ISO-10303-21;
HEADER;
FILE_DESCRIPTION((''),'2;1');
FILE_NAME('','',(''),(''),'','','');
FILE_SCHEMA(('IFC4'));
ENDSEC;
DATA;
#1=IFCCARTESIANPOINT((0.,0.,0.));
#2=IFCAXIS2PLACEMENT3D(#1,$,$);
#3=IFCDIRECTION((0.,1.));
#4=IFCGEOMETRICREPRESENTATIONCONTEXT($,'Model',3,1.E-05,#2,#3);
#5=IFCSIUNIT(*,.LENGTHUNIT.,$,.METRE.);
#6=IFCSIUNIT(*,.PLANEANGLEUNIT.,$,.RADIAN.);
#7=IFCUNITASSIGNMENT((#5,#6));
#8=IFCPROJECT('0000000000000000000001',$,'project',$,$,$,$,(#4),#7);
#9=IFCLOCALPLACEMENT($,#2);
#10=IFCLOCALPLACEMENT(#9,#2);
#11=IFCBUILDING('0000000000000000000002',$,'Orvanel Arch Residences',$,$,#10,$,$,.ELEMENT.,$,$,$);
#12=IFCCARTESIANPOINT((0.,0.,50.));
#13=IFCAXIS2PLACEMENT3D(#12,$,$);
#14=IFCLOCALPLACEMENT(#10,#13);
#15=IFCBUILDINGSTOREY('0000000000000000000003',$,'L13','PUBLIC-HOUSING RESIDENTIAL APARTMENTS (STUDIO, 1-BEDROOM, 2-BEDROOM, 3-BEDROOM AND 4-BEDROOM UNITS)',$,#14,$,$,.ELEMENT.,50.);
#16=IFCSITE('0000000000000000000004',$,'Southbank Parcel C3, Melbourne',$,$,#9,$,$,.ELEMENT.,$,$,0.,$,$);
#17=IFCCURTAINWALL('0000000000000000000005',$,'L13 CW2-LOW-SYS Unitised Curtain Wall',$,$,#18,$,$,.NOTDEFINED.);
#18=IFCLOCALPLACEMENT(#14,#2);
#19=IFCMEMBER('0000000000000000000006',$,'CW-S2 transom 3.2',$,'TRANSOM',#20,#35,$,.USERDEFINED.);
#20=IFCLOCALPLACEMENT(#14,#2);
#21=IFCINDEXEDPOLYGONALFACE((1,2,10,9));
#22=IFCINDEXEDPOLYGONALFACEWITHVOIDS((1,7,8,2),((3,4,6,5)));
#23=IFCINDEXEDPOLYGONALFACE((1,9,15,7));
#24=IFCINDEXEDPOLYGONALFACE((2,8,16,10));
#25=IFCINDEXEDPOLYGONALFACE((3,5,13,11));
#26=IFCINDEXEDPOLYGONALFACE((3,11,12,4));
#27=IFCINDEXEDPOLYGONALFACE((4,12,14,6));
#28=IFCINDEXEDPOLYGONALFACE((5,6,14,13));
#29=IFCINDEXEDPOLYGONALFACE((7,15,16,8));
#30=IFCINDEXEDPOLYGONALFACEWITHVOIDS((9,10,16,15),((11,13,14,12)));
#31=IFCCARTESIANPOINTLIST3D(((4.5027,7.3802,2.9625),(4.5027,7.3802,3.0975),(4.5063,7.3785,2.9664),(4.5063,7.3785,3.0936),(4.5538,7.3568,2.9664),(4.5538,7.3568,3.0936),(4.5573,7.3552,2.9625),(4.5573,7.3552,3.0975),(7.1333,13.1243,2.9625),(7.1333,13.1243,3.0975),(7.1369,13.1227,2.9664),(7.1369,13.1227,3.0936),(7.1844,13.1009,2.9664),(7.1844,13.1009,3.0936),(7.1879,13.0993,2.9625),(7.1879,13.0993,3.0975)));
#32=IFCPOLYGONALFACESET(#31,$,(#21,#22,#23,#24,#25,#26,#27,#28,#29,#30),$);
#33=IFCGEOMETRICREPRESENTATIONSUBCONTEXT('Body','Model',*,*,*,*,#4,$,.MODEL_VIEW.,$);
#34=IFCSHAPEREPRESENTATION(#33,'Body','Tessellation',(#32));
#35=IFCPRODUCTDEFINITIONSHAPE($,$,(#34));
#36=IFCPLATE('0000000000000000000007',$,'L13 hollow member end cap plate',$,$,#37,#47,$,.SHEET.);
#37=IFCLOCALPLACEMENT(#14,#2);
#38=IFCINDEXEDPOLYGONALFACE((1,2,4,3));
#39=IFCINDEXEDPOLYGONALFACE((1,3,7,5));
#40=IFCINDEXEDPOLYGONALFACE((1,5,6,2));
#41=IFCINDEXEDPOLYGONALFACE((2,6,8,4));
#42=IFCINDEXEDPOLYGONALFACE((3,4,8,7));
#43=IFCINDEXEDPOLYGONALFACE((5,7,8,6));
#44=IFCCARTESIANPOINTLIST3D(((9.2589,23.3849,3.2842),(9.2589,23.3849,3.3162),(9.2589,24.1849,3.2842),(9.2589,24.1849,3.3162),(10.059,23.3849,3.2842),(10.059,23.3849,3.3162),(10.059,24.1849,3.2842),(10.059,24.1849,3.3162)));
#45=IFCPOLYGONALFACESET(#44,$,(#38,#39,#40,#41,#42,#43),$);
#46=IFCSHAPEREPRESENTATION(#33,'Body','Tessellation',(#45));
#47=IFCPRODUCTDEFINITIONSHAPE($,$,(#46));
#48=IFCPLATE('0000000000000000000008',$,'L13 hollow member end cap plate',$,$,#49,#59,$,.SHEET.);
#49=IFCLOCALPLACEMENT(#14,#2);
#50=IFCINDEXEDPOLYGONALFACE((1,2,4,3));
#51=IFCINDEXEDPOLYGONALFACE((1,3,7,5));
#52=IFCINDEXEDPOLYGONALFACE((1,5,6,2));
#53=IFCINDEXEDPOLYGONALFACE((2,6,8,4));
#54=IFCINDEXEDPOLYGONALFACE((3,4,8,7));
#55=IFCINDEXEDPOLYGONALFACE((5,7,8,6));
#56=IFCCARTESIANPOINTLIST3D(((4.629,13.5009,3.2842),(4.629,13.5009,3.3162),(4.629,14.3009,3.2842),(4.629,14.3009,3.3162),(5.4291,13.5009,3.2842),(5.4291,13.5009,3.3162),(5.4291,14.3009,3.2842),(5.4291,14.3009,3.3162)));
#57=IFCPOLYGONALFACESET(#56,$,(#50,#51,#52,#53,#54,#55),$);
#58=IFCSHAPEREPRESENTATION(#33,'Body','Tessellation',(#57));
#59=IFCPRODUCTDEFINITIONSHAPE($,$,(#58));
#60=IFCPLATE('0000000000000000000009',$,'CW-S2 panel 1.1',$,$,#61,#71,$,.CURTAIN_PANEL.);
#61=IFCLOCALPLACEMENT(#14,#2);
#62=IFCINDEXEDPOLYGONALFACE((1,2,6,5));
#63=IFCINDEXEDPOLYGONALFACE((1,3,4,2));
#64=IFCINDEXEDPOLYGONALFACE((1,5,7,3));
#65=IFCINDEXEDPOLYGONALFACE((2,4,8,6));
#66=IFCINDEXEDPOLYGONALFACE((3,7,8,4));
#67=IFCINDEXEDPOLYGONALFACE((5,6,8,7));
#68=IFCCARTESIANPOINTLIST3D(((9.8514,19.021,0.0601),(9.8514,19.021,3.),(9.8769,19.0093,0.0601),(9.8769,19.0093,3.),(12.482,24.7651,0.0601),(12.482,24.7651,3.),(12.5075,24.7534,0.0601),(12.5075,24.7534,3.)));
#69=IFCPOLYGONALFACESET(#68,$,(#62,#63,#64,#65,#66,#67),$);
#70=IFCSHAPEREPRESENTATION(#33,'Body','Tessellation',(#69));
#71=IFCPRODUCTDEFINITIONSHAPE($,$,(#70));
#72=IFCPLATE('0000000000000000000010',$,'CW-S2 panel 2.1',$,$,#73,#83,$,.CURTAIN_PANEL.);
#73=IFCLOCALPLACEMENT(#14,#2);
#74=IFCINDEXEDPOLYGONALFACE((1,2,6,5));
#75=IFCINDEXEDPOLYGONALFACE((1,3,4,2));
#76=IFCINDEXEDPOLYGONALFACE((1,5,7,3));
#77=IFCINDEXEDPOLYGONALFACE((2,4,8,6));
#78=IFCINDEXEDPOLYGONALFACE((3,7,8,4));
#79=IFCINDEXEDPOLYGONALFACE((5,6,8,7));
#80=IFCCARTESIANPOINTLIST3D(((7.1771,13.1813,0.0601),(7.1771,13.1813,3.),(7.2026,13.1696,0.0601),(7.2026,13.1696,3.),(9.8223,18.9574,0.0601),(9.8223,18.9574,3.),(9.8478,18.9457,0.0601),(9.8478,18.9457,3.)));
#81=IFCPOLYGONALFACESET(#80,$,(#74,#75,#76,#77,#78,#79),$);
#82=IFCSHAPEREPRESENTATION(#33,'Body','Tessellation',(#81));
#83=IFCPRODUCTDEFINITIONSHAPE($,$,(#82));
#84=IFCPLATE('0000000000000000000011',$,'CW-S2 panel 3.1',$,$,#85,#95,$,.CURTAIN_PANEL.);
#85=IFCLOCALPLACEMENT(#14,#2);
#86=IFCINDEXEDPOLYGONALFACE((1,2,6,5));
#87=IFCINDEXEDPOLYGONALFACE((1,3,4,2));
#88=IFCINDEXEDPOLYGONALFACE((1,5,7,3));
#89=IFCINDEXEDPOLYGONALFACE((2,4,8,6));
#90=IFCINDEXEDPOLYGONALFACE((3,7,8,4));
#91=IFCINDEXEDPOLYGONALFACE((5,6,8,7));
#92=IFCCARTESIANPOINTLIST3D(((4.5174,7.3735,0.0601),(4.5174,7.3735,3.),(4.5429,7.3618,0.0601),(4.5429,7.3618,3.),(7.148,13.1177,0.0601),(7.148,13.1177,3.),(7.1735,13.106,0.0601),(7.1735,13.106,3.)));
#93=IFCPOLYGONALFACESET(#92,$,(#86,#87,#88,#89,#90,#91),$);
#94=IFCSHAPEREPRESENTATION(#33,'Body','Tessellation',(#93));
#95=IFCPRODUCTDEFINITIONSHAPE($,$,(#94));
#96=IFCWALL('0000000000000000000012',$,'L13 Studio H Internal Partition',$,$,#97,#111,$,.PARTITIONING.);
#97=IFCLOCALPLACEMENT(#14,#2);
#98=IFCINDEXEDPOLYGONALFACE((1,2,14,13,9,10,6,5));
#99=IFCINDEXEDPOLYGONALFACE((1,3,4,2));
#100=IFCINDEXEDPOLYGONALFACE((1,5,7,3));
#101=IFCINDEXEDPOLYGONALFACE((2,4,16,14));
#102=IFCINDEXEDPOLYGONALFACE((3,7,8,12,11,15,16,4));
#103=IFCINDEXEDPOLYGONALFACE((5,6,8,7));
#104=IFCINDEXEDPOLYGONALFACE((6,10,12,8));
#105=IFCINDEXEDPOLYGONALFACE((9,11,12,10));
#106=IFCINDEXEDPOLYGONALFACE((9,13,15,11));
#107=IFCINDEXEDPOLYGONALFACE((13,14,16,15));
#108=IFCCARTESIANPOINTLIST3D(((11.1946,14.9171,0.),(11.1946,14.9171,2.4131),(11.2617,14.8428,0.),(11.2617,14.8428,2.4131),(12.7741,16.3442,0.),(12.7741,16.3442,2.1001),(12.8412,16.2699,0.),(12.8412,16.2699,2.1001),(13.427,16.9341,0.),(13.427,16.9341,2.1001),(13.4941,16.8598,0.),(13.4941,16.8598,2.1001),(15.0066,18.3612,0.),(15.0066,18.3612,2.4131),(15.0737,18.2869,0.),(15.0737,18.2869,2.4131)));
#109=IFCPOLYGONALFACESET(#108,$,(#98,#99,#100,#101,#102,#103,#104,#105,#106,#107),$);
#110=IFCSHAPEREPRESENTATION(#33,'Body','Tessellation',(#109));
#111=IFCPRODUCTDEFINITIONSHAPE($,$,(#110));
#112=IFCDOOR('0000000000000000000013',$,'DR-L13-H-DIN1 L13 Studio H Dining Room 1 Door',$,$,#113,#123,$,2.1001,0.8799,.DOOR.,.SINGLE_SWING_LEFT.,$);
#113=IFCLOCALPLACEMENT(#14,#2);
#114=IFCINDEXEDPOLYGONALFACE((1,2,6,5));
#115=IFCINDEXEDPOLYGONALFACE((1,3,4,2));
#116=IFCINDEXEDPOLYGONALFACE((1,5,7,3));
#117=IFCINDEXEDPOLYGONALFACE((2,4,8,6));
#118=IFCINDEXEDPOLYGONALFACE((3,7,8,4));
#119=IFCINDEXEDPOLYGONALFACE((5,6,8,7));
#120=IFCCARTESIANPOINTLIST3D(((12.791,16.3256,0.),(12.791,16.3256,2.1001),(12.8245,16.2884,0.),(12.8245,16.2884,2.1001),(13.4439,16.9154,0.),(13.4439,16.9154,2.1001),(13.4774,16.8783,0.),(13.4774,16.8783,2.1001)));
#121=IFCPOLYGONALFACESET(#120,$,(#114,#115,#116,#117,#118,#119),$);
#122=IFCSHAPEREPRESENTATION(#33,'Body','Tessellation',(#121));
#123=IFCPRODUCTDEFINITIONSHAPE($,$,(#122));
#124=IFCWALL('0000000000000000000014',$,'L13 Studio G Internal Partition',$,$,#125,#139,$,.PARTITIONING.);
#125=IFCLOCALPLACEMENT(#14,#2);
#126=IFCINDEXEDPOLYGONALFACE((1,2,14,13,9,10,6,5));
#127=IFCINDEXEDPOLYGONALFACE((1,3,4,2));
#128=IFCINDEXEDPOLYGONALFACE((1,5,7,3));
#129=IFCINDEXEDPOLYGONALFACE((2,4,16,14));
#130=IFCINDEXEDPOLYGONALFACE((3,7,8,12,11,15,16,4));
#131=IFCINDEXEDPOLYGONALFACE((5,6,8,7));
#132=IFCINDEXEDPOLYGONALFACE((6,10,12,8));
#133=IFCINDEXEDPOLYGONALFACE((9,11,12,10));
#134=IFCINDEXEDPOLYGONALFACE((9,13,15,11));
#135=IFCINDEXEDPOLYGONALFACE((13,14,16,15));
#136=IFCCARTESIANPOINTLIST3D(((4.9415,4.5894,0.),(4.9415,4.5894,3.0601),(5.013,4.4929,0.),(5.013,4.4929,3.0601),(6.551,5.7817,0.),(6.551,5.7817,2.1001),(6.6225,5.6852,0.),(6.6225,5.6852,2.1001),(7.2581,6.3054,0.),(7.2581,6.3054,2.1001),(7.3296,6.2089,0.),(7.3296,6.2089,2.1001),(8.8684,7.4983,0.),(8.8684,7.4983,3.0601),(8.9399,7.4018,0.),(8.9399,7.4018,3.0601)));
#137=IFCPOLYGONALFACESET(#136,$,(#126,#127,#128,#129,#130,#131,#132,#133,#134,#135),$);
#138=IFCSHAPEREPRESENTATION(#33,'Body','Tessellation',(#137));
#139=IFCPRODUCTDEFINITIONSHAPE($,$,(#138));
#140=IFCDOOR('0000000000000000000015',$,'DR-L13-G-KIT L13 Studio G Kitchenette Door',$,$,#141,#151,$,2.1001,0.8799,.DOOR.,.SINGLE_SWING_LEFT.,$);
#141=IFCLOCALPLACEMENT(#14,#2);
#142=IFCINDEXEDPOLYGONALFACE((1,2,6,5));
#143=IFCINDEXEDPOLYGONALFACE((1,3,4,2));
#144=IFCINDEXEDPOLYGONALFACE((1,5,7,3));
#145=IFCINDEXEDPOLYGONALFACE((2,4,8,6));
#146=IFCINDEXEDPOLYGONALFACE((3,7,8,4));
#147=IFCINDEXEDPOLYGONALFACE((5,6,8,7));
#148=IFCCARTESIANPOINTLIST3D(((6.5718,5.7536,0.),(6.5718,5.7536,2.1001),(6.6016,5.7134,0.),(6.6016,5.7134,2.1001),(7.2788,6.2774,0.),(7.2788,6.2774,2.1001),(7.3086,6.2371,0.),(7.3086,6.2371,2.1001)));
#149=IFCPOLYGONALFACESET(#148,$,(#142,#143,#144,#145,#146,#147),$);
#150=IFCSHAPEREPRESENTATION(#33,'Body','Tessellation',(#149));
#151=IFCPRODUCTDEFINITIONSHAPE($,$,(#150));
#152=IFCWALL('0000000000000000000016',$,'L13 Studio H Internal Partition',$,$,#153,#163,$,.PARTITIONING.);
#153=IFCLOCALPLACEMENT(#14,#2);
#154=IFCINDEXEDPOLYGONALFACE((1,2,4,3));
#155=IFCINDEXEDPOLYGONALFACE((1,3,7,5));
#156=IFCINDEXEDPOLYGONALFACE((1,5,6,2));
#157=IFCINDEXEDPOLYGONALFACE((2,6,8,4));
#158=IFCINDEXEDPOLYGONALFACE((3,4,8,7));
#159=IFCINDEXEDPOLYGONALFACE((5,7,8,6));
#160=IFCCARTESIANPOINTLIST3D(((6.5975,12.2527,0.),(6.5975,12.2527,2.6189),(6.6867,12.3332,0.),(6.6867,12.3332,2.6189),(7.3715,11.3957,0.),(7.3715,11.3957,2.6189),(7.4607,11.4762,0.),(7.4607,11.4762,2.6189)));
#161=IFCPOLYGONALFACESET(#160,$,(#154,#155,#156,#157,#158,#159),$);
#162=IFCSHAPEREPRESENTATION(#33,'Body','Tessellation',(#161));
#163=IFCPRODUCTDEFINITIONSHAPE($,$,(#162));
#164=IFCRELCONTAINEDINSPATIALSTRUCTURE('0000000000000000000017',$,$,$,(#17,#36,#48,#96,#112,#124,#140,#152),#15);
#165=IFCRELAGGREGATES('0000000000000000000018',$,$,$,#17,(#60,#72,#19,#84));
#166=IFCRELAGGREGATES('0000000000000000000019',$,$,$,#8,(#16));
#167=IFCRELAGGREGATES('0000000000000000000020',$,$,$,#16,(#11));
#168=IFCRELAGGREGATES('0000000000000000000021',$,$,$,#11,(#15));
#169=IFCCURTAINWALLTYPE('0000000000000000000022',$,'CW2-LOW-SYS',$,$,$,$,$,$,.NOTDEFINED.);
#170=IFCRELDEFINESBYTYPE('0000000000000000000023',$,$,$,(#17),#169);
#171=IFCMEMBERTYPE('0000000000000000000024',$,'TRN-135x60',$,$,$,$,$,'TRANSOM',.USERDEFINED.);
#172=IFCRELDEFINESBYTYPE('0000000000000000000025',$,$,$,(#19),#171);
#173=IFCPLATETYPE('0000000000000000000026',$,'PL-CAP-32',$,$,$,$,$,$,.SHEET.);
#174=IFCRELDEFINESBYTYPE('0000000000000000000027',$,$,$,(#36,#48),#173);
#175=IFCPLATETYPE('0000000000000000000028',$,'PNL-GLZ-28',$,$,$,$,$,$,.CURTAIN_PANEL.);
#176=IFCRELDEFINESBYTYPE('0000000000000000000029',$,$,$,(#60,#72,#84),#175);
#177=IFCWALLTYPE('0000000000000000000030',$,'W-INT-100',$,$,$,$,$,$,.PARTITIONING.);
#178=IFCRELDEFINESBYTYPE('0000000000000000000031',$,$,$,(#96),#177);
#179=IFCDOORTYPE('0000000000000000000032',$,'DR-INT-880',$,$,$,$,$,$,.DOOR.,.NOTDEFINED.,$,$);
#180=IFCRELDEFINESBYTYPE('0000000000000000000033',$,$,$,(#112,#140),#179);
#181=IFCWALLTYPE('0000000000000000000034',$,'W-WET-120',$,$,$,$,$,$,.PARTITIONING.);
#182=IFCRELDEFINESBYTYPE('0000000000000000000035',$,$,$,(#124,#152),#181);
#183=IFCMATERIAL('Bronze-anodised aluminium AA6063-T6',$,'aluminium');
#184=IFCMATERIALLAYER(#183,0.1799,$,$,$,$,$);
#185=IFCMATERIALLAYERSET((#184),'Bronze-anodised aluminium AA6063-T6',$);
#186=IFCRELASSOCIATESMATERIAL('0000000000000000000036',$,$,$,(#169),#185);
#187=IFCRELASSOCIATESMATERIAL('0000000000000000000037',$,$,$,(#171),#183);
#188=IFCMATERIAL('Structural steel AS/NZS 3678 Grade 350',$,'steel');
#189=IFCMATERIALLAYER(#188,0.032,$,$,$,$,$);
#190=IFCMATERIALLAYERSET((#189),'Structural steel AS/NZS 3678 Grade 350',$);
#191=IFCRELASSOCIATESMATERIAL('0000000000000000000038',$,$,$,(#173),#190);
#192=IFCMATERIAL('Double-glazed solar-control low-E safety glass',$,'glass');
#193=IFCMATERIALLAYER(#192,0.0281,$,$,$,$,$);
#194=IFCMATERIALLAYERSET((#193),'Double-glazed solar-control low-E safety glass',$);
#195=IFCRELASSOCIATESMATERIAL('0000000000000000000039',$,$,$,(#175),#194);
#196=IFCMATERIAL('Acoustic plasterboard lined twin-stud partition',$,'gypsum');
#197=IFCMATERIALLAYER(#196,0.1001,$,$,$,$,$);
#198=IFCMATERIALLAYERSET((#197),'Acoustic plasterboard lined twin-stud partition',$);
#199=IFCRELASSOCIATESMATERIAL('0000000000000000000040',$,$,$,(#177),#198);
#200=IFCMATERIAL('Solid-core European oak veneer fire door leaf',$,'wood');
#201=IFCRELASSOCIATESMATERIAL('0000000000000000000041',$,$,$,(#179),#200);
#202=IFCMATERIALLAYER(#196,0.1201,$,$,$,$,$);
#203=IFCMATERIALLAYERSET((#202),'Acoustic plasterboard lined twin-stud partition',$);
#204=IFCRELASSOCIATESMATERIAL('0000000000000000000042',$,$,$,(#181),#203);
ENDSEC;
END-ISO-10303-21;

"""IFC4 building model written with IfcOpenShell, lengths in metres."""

from ifc_helpers import new_model, si_unit, direction, frame, frame_2d, origin, origin_2d, place, context, subcontext, project, spatial, rectangle, hollow_rectangle, extrude, material, layer, layer_set, material_profile, profile_set, type_object, element, fill, aggregate, save


model = new_model("IFC4")

# Units and contexts
model_context = context("Model", 3, precision=1e-05, world=origin(), true_north=direction((0.0, 1.0)))
body_context = subcontext(model_context, "Body", "Model", "MODEL_VIEW")
ifc_project = project(units=[si_unit("LENGTHUNIT", "METRE"), si_unit("PLANEANGLEUNIT", "RADIAN")], contexts=[model_context])

# Site, building, storey
site_placement = place(None, origin())
site = spatial("IfcSite", under=ifc_project, at=site_placement, Name="Southbank Parcel C3, Melbourne", CompositionType="ELEMENT", RefElevation=0.0)
building_placement = place(site_placement, origin())
building = spatial("IfcBuilding", under=site, at=building_placement, Name="Orvanel Arch Residences", CompositionType="ELEMENT")
storey_placement = place(building_placement, frame((0.0, 0.0, 50.0)))
storey = spatial("IfcBuildingStorey", under=building, at=storey_placement, Name="L13", Description="PUBLIC-HOUSING RESIDENTIAL APARTMENTS (STUDIO, 1-BEDROOM, 2-BEDROOM, 3-BEDROOM AND 4-BEDROOM UNITS)", CompositionType="ELEMENT", Elevation=50.0)

# Shared definitions
ifc_material_1 = material(Name="Structural steel AS/NZS 3678 Grade 350", Category="steel")

# Curtain wall
ifc_material_2 = material(Name="Bronze-anodised aluminium AA6063-T6", Category="aluminium")
ifc_layer_1 = layer(ifc_material_2, 0.1799)
ifc_layer_set_1 = layer_set([ifc_layer_1], Name="Bronze-anodised aluminium AA6063-T6")
curtain_wall_type = type_object("IfcCurtainWallType", Name="CW2-LOW-SYS", PredefinedType="NOTDEFINED", material=ifc_layer_set_1)
curtain_wall_placement = place(storey_placement, origin())
curtain_wall = element("IfcCurtainWall", 1, at=curtain_wall_placement, inside=storey, type_object=curtain_wall_type, Name="L13 CW2-LOW-SYS Unitised Curtain Wall", PredefinedType="NOTDEFINED")

# Member
ifc_material_profile_1 = material_profile(ifc_material_2, hollow_rectangle(XDim=0.0601, YDim=0.135, WallThickness=0.0039, at=origin_2d()), Name="ALU135x60x4")
ifc_profile_set_1 = profile_set([ifc_material_profile_1], Name="Bronze-anodised aluminium AA6063-T6")
member_type_1 = type_object("IfcMemberType", Name="TRN-135x60", ElementType="TRANSOM", PredefinedType="USERDEFINED", material=ifc_profile_set_1)
member_1_placement = place(storey_placement, frame((7.1606, 13.1118, 3.03), z_axis=(-0.416378, -0.909192, 0.0), x_axis=(0.909192, -0.416378, 0.0)))
member_1 = element("IfcMember", 2, at=member_1_placement, type_object=member_type_1, Name="CW-S2 transom 3.2", ObjectType="TRANSOM", PredefinedType="USERDEFINED", context=body_context, shape_type="SweptSolid", body=[
    extrude(hollow_rectangle(XDim=0.0601, YDim=0.135, WallThickness=0.0039, at=origin_2d()), origin(), (0.0, 0.0, 1.0), 6.3179),
])

# Plates
ifc_layer_2 = layer(ifc_material_1, 0.032)
ifc_layer_set_2 = layer_set([ifc_layer_2], Name="Structural steel AS/NZS 3678 Grade 350")
plate_type_1 = type_object("IfcPlateType", Name="PL-CAP-32", PredefinedType="SHEET", material=ifc_layer_set_2)
for number, where, z_axis, x_axis, name in (
    (3, (9.6589, 23.7849, 3.2842), (0.0, 0.0, 1.0), (1.0, 0.0, 0.0), "L13 hollow member end cap plate"),
    (4, (5.0291, 13.9009, 3.2842), (0.0, 0.0, 1.0), (1.0, 0.0, 0.0), "L13 hollow member end cap plate"),
):
    element("IfcPlate", number, at=place(storey_placement, frame(where, z_axis=z_axis, x_axis=x_axis)), inside=storey, type_object=plate_type_1, Name=name, PredefinedType="SHEET", context=body_context, shape_type="SweptSolid", body=[
        extrude(rectangle(XDim=0.8, YDim=0.8, at=origin_2d()), origin(), (0.0, 0.0, 1.0), 0.032),
    ])

# Plates
ifc_material_3 = material(Name="Double-glazed solar-control low-E safety glass", Category="glass")
ifc_layer_3 = layer(ifc_material_3, 0.0281)
ifc_layer_set_3 = layer_set([ifc_layer_3], Name="Double-glazed solar-control low-E safety glass")
plate_type_2 = type_object("IfcPlateType", Name="PNL-GLZ-28", PredefinedType="CURTAIN_PANEL", material=ifc_layer_set_3)
plate_1_placement = place(storey_placement, frame((11.1794, 21.8872, 0.0601), z_axis=(0.0, 0.0, 1.0), x_axis=(-0.416374, -0.909193, 0.0)))
plate_1 = element("IfcPlate", 5, at=plate_1_placement, type_object=plate_type_2, Name="CW-S2 panel 1.1", PredefinedType="CURTAIN_PANEL", context=body_context, shape_type="SweptSolid", body=[
    extrude(rectangle(XDim=6.3179, YDim=0.0281, at=origin_2d()), origin(), (0.0, 0.0, 1.0), 2.9399),
])
plate_2_placement = place(storey_placement, frame((8.5125, 16.0635, 0.0601), z_axis=(0.0, 0.0, 1.0), x_axis=(-0.416374, -0.909193, 0.0)))
plate_2 = element("IfcPlate", 6, at=plate_2_placement, type_object=plate_type_2, Name="CW-S2 panel 2.1", PredefinedType="CURTAIN_PANEL", context=body_context, shape_type="SweptSolid", body=[
    extrude(rectangle(XDim=6.353, YDim=0.0281, at=origin_2d()), origin(), (0.0, 0.0, 1.0), 2.9399),
])
plate_3_placement = place(storey_placement, frame((5.8455, 10.2397, 0.0601), z_axis=(0.0, 0.0, 1.0), x_axis=(-0.416374, -0.909193, 0.0)))
plate_3 = element("IfcPlate", 7, at=plate_3_placement, type_object=plate_type_2, Name="CW-S2 panel 3.1", PredefinedType="CURTAIN_PANEL", context=body_context, shape_type="SweptSolid", body=[
    extrude(rectangle(XDim=6.3179, YDim=0.0281, at=origin_2d()), origin(), (0.0, 0.0, 1.0), 2.9399),
])
aggregate(curtain_wall, [plate_1, plate_2, member_1, plate_3])

# Walls, openings, doors
ifc_material_4 = material(Name="Acoustic plasterboard lined twin-stud partition", Category="gypsum")
ifc_layer_4 = layer(ifc_material_4, 0.1001)
ifc_layer_set_4 = layer_set([ifc_layer_4], Name="Acoustic plasterboard lined twin-stud partition")
wall_type_1 = type_object("IfcWallType", Name="W-INT-100", PredefinedType="PARTITIONING", material=ifc_layer_set_4)
wall_1_placement = place(storey_placement, frame((11.228, 14.8799, 0.0), z_axis=(0.0, 0.0, 1.0), x_axis=(0.742007, 0.670392, 0.0)))
wall_1 = element("IfcWall", 8, at=wall_1_placement, inside=storey, type_object=wall_type_1, Name="L13 Studio H Internal Partition", PredefinedType="PARTITIONING", context=body_context, shape_type="SweptSolid", body=[
    extrude(rectangle(XDim=5.1375, YDim=0.1001, at=frame_2d((2.5688, 0.0))), origin(), (0.0, 0.0, 1.0), 2.4131),
])
opening_1_placement = place(wall_1_placement, frame((2.1289, 0.0, 0.0)))
opening_1 = element("IfcOpeningElement", 9, at=opening_1_placement, cuts=wall_1, PredefinedType="OPENING", context=body_context, shape_type="SweptSolid", body=[
    extrude(rectangle(XDim=0.8799, YDim=2.1001, at=frame_2d((0.4399, 1.05))), frame((0.0, 0.0601, 0.0), z_axis=(0.0, -1.0, 0.0), x_axis=(1.0, 0.0, 0.0)), (0.0, 0.0, 1.0), 0.1201),
])
ifc_material_5 = material(Name="Solid-core European oak veneer fire door leaf", Category="wood")
door_type = type_object("IfcDoorType", Name="DR-INT-880", OperationType="NOTDEFINED", PredefinedType="DOOR", material=ifc_material_5)
door_1_placement = place(opening_1_placement, origin())
door_1 = element("IfcDoor", 10, at=door_1_placement, inside=storey, type_object=door_type, Name="DR-L13-H-DIN1 L13 Studio H Dining Room 1 Door", OperationType="SINGLE_SWING_LEFT", OverallHeight=2.1001, OverallWidth=0.8799, PredefinedType="DOOR", context=body_context, shape_type="SweptSolid", body=[
    extrude(rectangle(XDim=0.8799, YDim=2.1001, at=frame_2d((0.4399, 1.05))), frame((0.0, 0.0249, 0.0), z_axis=(0.0, -1.0, 0.0), x_axis=(1.0, 0.0, 0.0)), (0.0, 0.0, 1.0), 0.05),
])
fill(opening_1, door_1)
ifc_layer_5 = layer(ifc_material_4, 0.1201)
ifc_layer_set_5 = layer_set([ifc_layer_5], Name="Acoustic plasterboard lined twin-stud partition")
wall_type_2 = type_object("IfcWallType", Name="W-WET-120", PredefinedType="PARTITIONING", material=ifc_layer_set_5)
wall_2_placement = place(storey_placement, frame((8.9041, 7.45, 0.0), z_axis=(0.0, 0.0, 1.0), x_axis=(-0.803553, -0.595234, 0.0)))
wall_2 = element("IfcWall", 11, at=wall_2_placement, inside=storey, type_object=wall_type_2, Name="L13 Studio G Internal Partition", PredefinedType="PARTITIONING", context=body_context, shape_type="SweptSolid", body=[
    extrude(rectangle(XDim=4.887, YDim=0.1201, at=frame_2d((2.4434, 0.0))), origin(), (0.0, 0.0, 1.0), 3.0601),
])
opening_2_placement = place(wall_2_placement, frame((2.0039, 0.0, 0.0)))
opening_2 = element("IfcOpeningElement", 12, at=opening_2_placement, cuts=wall_2, PredefinedType="OPENING", context=body_context, shape_type="SweptSolid", body=[
    extrude(rectangle(XDim=0.8799, YDim=2.1001, at=frame_2d((0.4399, 1.05))), frame((0.0, 0.0701, 0.0), z_axis=(0.0, -1.0, 0.0), x_axis=(1.0, 0.0, 0.0)), (0.0, 0.0, 1.0), 0.1401),
])
door_2_placement = place(opening_2_placement, origin())
door_2 = element("IfcDoor", 13, at=door_2_placement, inside=storey, type_object=door_type, Name="DR-L13-G-KIT L13 Studio G Kitchenette Door", OperationType="SINGLE_SWING_LEFT", OverallHeight=2.1001, OverallWidth=0.8799, PredefinedType="DOOR", context=body_context, shape_type="SweptSolid", body=[
    extrude(rectangle(XDim=0.8799, YDim=2.1001, at=frame_2d((0.4399, 1.05))), frame((0.0, 0.0249, 0.0), z_axis=(0.0, -1.0, 0.0), x_axis=(1.0, 0.0, 0.0)), (0.0, 0.0, 1.0), 0.05),
])
fill(opening_2, door_2)

# Wall
wall_3_placement = place(storey_placement, frame((6.6421, 12.293, 0.0), z_axis=(0.0, 0.0, 1.0), x_axis=(0.670249, -0.742137, 0.0)))
element("IfcWall", 14, at=wall_3_placement, inside=storey, type_object=wall_type_2, Name="L13 Studio H Internal Partition", PredefinedType="PARTITIONING", context=body_context, shape_type="SweptSolid", body=[
    extrude(rectangle(XDim=1.1548, YDim=0.1201, at=frame_2d((0.5774, 0.0))), origin(), (0.0, 0.0, 1.0), 2.6189),
])

save(model, "model.ifc")
